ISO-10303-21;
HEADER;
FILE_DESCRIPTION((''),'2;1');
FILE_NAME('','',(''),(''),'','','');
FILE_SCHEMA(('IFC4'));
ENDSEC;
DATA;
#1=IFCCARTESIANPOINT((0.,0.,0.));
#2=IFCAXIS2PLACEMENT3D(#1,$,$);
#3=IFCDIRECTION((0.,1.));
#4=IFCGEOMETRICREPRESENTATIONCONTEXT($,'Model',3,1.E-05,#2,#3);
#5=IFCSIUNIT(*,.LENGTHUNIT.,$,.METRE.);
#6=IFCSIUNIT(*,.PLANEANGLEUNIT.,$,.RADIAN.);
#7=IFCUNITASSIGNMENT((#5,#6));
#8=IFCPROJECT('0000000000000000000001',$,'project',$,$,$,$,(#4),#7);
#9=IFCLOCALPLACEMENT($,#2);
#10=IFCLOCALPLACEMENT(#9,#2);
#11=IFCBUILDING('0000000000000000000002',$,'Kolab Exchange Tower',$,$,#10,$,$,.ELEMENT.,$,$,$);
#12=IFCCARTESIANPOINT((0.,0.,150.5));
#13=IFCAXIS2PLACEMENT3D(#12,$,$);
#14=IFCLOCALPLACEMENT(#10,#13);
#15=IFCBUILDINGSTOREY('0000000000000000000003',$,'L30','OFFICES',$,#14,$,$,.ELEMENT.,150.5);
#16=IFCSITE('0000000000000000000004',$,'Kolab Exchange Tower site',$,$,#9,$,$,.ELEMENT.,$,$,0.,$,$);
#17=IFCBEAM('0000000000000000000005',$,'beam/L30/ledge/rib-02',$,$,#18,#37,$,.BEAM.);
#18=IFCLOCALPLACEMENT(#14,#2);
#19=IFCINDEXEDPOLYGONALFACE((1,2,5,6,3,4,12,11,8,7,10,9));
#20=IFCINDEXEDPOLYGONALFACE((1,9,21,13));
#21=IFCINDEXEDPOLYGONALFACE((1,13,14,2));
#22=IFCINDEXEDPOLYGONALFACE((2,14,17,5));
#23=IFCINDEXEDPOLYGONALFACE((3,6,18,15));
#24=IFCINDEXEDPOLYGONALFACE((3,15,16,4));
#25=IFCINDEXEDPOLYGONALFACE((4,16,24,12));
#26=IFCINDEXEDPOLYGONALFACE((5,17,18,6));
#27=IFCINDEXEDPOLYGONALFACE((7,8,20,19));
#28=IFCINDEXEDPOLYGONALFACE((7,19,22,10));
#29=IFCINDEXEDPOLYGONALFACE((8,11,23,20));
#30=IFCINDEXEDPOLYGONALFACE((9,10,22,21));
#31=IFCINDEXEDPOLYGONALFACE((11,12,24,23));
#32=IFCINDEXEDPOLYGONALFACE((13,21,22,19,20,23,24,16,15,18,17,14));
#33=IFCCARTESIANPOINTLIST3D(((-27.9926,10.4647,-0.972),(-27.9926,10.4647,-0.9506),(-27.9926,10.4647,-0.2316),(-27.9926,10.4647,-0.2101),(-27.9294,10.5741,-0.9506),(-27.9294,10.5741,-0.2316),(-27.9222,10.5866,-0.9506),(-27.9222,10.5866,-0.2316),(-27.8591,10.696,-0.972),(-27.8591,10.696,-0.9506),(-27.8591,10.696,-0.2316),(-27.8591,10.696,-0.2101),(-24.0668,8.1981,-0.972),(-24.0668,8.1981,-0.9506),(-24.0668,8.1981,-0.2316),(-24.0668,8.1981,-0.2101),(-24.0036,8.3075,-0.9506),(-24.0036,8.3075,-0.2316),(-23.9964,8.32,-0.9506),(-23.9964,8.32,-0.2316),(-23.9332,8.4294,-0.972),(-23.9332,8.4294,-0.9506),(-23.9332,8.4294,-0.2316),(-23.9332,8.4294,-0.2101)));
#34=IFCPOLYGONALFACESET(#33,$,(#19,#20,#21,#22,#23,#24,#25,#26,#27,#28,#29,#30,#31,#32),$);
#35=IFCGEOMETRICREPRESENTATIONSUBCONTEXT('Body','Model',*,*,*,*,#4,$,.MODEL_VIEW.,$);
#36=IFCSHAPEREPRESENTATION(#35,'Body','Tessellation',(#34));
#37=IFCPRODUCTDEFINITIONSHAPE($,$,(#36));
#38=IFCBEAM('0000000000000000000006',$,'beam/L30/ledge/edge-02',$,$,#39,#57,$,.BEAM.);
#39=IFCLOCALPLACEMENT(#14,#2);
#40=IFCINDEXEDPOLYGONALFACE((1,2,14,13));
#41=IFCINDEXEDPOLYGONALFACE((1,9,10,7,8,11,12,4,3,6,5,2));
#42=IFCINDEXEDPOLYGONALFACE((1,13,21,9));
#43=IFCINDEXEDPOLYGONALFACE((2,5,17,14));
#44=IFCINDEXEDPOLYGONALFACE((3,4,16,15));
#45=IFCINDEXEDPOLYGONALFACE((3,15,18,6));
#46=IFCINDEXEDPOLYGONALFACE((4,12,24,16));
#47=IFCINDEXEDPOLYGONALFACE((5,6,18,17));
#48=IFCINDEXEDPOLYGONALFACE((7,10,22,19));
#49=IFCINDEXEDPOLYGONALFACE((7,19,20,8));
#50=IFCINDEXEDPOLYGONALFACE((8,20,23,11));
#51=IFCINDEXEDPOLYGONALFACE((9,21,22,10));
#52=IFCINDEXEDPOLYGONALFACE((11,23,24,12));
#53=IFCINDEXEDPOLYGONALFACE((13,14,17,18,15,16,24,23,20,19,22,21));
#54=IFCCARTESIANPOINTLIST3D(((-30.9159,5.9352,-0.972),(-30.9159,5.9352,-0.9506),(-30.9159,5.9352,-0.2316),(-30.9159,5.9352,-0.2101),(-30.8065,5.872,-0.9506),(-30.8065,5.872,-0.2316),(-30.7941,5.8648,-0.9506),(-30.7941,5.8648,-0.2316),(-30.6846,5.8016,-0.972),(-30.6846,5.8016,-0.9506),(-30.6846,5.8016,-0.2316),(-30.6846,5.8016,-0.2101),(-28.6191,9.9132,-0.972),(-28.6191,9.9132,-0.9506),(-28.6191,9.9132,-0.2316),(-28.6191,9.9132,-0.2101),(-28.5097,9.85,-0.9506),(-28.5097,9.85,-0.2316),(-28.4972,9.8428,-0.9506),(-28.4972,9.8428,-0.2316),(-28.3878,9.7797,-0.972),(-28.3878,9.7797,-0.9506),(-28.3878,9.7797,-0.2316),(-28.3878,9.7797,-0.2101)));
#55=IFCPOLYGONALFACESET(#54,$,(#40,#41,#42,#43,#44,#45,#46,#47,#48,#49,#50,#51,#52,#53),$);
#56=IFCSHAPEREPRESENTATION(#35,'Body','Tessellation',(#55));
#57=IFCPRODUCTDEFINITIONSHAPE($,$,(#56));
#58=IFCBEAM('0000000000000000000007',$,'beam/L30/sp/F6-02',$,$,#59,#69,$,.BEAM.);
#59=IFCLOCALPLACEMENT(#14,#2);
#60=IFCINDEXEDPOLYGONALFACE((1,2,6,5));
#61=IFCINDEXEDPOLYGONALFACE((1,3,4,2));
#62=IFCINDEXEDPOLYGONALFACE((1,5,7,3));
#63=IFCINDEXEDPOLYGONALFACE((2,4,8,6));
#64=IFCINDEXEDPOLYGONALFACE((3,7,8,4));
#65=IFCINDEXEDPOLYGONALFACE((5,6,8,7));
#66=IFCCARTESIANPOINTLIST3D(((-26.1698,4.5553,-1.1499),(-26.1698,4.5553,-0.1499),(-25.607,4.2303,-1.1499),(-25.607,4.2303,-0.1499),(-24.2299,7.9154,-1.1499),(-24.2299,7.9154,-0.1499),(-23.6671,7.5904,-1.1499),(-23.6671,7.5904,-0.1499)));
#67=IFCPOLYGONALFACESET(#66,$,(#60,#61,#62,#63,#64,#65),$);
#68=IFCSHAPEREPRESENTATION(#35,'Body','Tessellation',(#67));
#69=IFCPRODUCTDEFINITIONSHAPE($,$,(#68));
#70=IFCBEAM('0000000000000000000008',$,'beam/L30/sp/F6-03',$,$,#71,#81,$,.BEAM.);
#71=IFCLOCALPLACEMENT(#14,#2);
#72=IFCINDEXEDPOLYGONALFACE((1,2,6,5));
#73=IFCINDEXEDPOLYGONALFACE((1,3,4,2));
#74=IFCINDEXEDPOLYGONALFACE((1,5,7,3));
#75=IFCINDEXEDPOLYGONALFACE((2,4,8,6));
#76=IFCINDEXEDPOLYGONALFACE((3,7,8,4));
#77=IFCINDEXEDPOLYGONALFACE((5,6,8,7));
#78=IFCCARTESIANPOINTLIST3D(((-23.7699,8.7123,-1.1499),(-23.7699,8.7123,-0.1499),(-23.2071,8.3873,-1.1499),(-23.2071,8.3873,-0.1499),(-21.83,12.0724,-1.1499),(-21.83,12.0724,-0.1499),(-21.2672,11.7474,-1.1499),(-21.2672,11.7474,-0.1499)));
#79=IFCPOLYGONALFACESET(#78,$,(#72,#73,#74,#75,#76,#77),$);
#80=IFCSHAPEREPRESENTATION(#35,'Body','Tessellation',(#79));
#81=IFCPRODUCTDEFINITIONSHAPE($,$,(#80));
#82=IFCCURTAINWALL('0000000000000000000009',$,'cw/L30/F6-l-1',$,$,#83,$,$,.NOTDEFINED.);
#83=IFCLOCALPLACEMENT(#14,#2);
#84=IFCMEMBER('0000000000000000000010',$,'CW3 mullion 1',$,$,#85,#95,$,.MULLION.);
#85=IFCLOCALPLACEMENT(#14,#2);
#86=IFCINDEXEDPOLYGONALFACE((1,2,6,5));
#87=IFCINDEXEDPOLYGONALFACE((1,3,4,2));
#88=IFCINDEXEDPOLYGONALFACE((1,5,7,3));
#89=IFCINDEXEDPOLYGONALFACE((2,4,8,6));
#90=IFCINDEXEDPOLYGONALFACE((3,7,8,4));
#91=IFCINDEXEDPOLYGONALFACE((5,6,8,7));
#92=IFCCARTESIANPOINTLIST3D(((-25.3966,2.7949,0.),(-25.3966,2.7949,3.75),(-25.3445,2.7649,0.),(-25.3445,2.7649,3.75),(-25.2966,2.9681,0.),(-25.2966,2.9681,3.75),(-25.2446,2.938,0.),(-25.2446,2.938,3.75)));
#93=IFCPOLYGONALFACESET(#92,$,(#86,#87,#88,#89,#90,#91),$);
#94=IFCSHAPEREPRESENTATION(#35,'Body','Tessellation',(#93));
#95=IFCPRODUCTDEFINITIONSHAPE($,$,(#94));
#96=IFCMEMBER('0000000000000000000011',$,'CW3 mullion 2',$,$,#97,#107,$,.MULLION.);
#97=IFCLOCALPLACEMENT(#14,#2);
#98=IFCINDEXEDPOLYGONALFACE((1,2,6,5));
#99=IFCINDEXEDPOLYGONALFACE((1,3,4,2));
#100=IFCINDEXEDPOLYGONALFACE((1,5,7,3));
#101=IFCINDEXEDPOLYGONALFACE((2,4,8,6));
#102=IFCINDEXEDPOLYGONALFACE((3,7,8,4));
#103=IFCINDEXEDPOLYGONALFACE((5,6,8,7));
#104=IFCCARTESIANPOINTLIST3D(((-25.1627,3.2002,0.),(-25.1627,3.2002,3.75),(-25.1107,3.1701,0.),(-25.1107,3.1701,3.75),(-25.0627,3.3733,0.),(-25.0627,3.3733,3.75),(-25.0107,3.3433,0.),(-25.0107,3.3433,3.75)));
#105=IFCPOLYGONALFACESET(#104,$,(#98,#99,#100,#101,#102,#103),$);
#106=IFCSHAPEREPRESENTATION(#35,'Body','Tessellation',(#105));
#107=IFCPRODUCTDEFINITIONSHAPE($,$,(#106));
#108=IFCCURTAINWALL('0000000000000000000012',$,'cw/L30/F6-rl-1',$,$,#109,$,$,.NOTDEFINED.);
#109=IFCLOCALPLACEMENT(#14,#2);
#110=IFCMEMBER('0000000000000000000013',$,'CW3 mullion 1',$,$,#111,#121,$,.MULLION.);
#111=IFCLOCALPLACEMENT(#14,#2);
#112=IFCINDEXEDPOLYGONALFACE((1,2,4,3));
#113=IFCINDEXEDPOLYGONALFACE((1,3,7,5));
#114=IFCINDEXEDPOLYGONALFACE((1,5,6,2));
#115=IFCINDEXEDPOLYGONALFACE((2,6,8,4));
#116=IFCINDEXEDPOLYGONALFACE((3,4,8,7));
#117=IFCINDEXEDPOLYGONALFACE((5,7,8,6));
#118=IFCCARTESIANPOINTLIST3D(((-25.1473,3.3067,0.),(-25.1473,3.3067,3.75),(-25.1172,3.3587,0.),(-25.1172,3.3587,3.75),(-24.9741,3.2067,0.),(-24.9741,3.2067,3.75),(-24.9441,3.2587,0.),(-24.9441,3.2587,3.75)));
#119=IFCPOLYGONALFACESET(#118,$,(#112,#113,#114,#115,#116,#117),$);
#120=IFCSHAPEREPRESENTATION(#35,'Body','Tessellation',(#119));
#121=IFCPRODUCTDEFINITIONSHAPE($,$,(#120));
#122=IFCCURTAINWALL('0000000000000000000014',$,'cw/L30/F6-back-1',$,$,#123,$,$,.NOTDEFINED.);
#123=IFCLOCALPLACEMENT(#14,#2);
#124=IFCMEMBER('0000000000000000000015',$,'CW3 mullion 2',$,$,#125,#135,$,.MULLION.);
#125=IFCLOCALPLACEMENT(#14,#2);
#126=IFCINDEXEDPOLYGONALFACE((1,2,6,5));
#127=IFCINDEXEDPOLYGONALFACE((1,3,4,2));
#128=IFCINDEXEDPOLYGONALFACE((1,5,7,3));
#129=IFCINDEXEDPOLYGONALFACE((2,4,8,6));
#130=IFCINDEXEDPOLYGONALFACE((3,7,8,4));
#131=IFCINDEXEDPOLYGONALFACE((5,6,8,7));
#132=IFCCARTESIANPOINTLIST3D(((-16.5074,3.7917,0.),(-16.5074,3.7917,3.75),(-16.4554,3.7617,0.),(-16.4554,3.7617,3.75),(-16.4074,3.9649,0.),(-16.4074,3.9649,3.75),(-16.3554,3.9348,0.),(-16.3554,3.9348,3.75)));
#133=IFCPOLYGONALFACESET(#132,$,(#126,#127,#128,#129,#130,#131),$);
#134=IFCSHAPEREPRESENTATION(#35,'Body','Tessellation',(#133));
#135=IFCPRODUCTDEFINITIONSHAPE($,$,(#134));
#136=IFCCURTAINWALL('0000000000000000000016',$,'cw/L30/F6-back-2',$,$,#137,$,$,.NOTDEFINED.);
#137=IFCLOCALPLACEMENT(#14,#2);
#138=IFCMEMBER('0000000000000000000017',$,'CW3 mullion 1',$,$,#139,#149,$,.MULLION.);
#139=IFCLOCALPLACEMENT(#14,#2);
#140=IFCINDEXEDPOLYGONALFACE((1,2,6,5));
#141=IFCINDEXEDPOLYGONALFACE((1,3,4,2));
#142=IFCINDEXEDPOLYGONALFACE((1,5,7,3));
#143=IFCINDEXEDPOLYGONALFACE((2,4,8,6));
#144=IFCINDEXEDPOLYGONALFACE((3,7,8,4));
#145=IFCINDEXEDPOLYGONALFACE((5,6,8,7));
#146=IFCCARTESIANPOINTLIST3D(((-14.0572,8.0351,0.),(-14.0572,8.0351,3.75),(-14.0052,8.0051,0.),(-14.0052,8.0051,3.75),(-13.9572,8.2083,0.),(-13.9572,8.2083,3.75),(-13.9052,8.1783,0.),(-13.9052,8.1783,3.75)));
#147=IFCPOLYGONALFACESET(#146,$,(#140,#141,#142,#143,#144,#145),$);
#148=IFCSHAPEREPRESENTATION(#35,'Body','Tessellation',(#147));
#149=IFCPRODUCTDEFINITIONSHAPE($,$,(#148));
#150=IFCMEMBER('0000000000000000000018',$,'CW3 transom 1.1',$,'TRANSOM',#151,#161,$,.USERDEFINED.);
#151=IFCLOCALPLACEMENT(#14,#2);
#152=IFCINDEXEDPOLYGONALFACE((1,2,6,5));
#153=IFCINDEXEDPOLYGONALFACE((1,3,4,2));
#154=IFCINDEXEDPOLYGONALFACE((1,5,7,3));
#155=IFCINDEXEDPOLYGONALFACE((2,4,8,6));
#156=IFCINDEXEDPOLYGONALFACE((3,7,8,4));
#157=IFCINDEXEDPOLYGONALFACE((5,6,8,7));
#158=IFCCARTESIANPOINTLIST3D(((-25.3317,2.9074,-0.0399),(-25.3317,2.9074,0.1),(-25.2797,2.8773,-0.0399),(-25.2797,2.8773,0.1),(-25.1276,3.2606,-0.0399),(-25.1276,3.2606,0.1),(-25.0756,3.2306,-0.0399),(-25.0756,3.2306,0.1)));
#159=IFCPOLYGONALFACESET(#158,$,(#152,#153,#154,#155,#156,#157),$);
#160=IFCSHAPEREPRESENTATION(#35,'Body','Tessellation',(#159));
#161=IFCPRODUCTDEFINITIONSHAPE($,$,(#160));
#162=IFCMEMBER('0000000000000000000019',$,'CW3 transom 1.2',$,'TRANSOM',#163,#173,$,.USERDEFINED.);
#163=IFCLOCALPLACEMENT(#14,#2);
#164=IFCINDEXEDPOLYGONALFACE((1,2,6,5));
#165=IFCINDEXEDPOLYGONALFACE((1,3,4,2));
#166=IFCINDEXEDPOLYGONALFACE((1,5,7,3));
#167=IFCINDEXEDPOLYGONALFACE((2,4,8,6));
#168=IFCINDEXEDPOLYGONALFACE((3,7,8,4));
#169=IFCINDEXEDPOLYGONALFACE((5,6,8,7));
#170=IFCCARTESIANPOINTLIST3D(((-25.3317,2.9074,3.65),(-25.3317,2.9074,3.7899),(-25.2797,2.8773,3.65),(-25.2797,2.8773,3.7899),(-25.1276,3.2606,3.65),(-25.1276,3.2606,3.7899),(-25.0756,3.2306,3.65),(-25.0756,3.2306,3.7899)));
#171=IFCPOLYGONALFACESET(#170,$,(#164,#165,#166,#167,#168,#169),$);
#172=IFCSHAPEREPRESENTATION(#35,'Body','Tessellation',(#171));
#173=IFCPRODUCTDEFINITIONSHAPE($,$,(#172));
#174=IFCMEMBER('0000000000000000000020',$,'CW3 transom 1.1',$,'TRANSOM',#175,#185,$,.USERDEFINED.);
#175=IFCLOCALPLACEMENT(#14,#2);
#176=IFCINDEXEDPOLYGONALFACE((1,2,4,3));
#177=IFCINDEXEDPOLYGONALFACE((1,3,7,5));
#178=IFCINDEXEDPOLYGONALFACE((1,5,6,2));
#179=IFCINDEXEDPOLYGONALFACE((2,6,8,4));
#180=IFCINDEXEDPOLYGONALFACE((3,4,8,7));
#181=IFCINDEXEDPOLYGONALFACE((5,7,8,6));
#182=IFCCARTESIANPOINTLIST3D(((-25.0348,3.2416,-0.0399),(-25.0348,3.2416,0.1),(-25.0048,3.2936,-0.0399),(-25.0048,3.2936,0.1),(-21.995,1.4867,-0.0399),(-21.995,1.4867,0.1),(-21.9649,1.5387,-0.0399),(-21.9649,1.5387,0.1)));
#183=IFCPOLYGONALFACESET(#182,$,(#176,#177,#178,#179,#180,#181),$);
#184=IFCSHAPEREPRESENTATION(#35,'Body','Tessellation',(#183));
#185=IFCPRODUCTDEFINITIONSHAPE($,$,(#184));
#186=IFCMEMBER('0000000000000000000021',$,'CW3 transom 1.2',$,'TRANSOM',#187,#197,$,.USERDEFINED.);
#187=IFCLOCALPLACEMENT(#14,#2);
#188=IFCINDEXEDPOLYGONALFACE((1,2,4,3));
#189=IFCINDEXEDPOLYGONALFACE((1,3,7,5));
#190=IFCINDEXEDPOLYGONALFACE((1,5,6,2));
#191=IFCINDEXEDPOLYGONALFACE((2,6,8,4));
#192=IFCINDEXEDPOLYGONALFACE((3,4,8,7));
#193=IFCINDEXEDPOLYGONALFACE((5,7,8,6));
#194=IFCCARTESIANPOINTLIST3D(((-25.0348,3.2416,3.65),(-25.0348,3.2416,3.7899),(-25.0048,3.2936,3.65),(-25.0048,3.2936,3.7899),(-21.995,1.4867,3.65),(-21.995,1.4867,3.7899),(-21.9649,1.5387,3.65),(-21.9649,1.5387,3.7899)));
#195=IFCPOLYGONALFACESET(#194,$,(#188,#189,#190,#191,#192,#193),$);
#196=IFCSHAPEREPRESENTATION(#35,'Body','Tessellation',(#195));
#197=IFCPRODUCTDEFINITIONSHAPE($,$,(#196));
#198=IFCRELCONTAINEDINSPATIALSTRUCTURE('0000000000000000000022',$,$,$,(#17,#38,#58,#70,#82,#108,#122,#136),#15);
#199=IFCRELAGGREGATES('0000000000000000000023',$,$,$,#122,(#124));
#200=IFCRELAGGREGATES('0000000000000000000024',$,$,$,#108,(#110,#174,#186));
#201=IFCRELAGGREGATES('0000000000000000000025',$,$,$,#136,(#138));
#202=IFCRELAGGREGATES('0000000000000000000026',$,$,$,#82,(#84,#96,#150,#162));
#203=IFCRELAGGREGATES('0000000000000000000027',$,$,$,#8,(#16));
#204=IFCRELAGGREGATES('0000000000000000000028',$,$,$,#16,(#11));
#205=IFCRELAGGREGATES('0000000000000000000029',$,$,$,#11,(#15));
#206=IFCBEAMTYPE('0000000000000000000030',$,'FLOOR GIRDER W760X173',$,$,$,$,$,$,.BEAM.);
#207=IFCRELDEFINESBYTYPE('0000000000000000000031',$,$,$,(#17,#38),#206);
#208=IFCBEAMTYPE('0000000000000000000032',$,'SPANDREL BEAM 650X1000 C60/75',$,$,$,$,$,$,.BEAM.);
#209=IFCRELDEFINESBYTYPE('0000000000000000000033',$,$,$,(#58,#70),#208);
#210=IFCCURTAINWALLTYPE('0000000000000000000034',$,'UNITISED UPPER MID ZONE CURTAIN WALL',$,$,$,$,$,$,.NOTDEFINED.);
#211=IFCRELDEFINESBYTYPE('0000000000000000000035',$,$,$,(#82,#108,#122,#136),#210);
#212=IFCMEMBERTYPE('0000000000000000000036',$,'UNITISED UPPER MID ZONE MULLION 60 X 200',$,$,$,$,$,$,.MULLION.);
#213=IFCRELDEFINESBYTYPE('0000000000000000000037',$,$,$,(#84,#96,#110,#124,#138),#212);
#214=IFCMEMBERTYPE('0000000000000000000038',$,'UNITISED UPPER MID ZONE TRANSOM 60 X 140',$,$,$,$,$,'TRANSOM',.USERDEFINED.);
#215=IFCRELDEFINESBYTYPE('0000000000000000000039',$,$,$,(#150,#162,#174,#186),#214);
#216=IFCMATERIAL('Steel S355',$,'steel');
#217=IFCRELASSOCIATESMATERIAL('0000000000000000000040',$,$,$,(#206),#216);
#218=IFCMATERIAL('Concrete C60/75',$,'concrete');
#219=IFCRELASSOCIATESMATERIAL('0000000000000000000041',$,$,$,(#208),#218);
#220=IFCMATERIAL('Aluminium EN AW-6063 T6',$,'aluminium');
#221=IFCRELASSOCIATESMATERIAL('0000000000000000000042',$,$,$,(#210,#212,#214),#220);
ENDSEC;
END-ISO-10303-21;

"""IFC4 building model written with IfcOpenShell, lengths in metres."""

from ifc_helpers import new_model, si_unit, direction, frame, origin, origin_2d, place, context, subcontext, project, spatial, rectangle, i_section, extrude, material, material_profile, profile_set, type_object, element, aggregate, save


model = new_model("IFC4")

# Units and contexts
model_context = context("Model", 3, precision=1e-05, world=origin(), true_north=direction((0.0, 1.0)))
body_context = subcontext(model_context, "Body", "Model", "MODEL_VIEW")
ifc_project = project(units=[si_unit("LENGTHUNIT", "METRE"), si_unit("PLANEANGLEUNIT", "RADIAN")], contexts=[model_context])

# Site, building, storey
site_placement = place(None, origin())
site = spatial("IfcSite", under=ifc_project, at=site_placement, Name="Kolab Exchange Tower site", CompositionType="ELEMENT", RefElevation=0.0)
building_placement = place(site_placement, origin())
building = spatial("IfcBuilding", under=site, at=building_placement, Name="Kolab Exchange Tower", CompositionType="ELEMENT")
storey_placement = place(building_placement, frame((0.0, 0.0, 150.5)))
storey = spatial("IfcBuildingStorey", under=building, at=storey_placement, Name="L30", Description="OFFICES", CompositionType="ELEMENT", Elevation=150.5)

# Shared definitions
ifc_material_1 = material(Name="Concrete C60/75", Category="concrete")

# Beams
ifc_material_2 = material(Name="Steel S355", Category="steel")
ifc_material_profile_1 = material_profile(ifc_material_2, i_section(OverallWidth=0.2671, OverallDepth=0.762, WebThickness=0.0144, FlangeThickness=0.0215, at=origin_2d()), Name="W760X173")
ifc_profile_set_1 = profile_set([ifc_material_profile_1], Name="Steel S355")
beam_type_1 = type_object("IfcBeamType", Name="FLOOR GIRDER W760X173", PredefinedType="BEAM", material=ifc_profile_set_1)
beam_1_placement = place(storey_placement, frame((-24.0, 8.3137, -0.5911), z_axis=(-0.866021, 0.500008, 0.0), x_axis=(-0.500008, -0.866021, 0.0)))
element("IfcBeam", 1, at=beam_1_placement, inside=storey, type_object=beam_type_1, Name="beam/L30/ledge/rib-02", PredefinedType="BEAM", context=body_context, shape_type="SweptSolid", body=[
    extrude(i_section(OverallWidth=0.2671, OverallDepth=0.762, WebThickness=0.0144, FlangeThickness=0.0215, at=origin_2d()), origin(), (0.0, 0.0, 1.0), 4.5332),
])
beam_2_placement = place(storey_placement, frame((-30.8003, 5.8684, -0.5911), z_axis=(0.500026, 0.86601, 0.0), x_axis=(-0.86601, 0.500026, 0.0)))
element("IfcBeam", 2, at=beam_2_placement, inside=storey, type_object=beam_type_1, Name="beam/L30/ledge/edge-02", PredefinedType="BEAM", context=body_context, shape_type="SweptSolid", body=[
    extrude(i_section(OverallWidth=0.2671, OverallDepth=0.762, WebThickness=0.0144, FlangeThickness=0.0215, at=origin_2d()), origin(), (0.0, 0.0, 1.0), 4.5935),
])
ifc_material_profile_2 = material_profile(ifc_material_1, rectangle(XDim=0.6499, YDim=1.0, at=origin_2d()), Name="RC650X1000")
ifc_profile_set_2 = profile_set([ifc_material_profile_2], Name="Concrete C60/75")
beam_type_2 = type_object("IfcBeamType", Name="SPANDREL BEAM 650X1000 C60/75", PredefinedType="BEAM", material=ifc_profile_set_2)
for number, where, z_axis, x_axis, name in (
    (3, (-25.8884, 4.3928, -0.6499), (0.499997, 0.866027, 0.0), (-0.866027, 0.499997, 0.0), "beam/L30/sp/F6-02"),
    (4, (-23.4885, 8.5498, -0.6499), (0.499997, 0.866027, 0.0), (-0.866027, 0.499997, 0.0), "beam/L30/sp/F6-03"),
):
    element("IfcBeam", number, at=place(storey_placement, frame(where, z_axis=z_axis, x_axis=x_axis)), inside=storey, type_object=beam_type_2, Name=name, PredefinedType="BEAM", context=body_context, shape_type="SweptSolid", body=[
        extrude(rectangle(XDim=0.6499, YDim=1.0, at=origin_2d()), origin(), (0.0, 0.0, 1.0), 3.8799),
    ])

# Curtain wall, members
ifc_material_3 = material(Name="Aluminium EN AW-6063 T6", Category="aluminium")
curtain_wall_type = type_object("IfcCurtainWallType", Name="UNITISED UPPER MID ZONE CURTAIN WALL", PredefinedType="NOTDEFINED", material=ifc_material_3)
curtain_wall_1_placement = place(storey_placement, origin())
curtain_wall_1 = element("IfcCurtainWall", 5, at=curtain_wall_1_placement, inside=storey, type_object=curtain_wall_type, Name="cw/L30/F6-l-1", PredefinedType="NOTDEFINED")
ifc_material_profile_3 = material_profile(ifc_material_3, rectangle(XDim=0.0601, YDim=0.2, at=origin_2d()), Name="RECT 60X200")
ifc_profile_set_3 = profile_set([ifc_material_profile_3], Name="Aluminium EN AW-6063 T6")
member_type_1 = type_object("IfcMemberType", Name="UNITISED UPPER MID ZONE MULLION 60 X 200", PredefinedType="MULLION", material=ifc_profile_set_3)
member_1_placement = place(storey_placement, frame((-25.3206, 2.8665, 0.0), z_axis=(0.0, 0.0, 1.0), x_axis=(-0.866026, 0.499999, 0.0)))
member_1 = element("IfcMember", 6, at=member_1_placement, type_object=member_type_1, Name="CW3 mullion 1", PredefinedType="MULLION", context=body_context, shape_type="SweptSolid", body=[
    extrude(rectangle(XDim=0.0601, YDim=0.2, at=origin_2d()), origin(), (0.0, 0.0, 1.0), 3.75),
])
member_2_placement = place(storey_placement, frame((-25.0867, 3.2717, 0.0), z_axis=(0.0, 0.0, 1.0), x_axis=(-0.866026, 0.499999, 0.0)))
member_2 = element("IfcMember", 7, at=member_2_placement, type_object=member_type_1, Name="CW3 mullion 2", PredefinedType="MULLION", context=body_context, shape_type="SweptSolid", body=[
    extrude(rectangle(XDim=0.0601, YDim=0.2, at=origin_2d()), origin(), (0.0, 0.0, 1.0), 3.75),
])

# Curtain walls, members
curtain_wall_2_placement = place(storey_placement, origin())
curtain_wall_2 = element("IfcCurtainWall", 8, at=curtain_wall_2_placement, inside=storey, type_object=curtain_wall_type, Name="cw/L30/F6-rl-1", PredefinedType="NOTDEFINED")
member_3_placement = place(storey_placement, frame((-25.0457, 3.2827, 0.0), z_axis=(0.0, 0.0, 1.0), x_axis=(0.5, 0.866025, 0.0)))
member_3 = element("IfcMember", 9, at=member_3_placement, type_object=member_type_1, Name="CW3 mullion 1", PredefinedType="MULLION", context=body_context, shape_type="SweptSolid", body=[
    extrude(rectangle(XDim=0.0601, YDim=0.2, at=origin_2d()), origin(), (0.0, 0.0, 1.0), 3.75),
])
curtain_wall_3_placement = place(storey_placement, origin())
curtain_wall_3 = element("IfcCurtainWall", 10, at=curtain_wall_3_placement, inside=storey, type_object=curtain_wall_type, Name="cw/L30/F6-back-1", PredefinedType="NOTDEFINED")
member_4_placement = place(storey_placement, frame((-16.4314, 3.8633, 0.0), z_axis=(0.0, 0.0, 1.0), x_axis=(-0.866025, 0.5, 0.0)))
member_4 = element("IfcMember", 11, at=member_4_placement, type_object=member_type_1, Name="CW3 mullion 2", PredefinedType="MULLION", context=body_context, shape_type="SweptSolid", body=[
    extrude(rectangle(XDim=0.0601, YDim=0.2, at=origin_2d()), origin(), (0.0, 0.0, 1.0), 3.75),
])
aggregate(curtain_wall_3, [member_4])
curtain_wall_4_placement = place(storey_placement, origin())
curtain_wall_4 = element("IfcCurtainWall", 12, at=curtain_wall_4_placement, inside=storey, type_object=curtain_wall_type, Name="cw/L30/F6-back-2", PredefinedType="NOTDEFINED")
member_5_placement = place(storey_placement, frame((-13.9812, 8.1067, 0.0), z_axis=(0.0, 0.0, 1.0), x_axis=(-0.866025, 0.5, 0.0)))
member_5 = element("IfcMember", 13, at=member_5_placement, type_object=member_type_1, Name="CW3 mullion 1", PredefinedType="MULLION", context=body_context, shape_type="SweptSolid", body=[
    extrude(rectangle(XDim=0.0601, YDim=0.2, at=origin_2d()), origin(), (0.0, 0.0, 1.0), 3.75),
])

# Members
ifc_material_profile_4 = material_profile(ifc_material_3, rectangle(XDim=0.0601, YDim=0.1399, at=origin_2d()), Name="RECT 60X140")
ifc_profile_set_4 = profile_set([ifc_material_profile_4], Name="Aluminium EN AW-6063 T6")
member_type_2 = type_object("IfcMemberType", Name="UNITISED UPPER MID ZONE TRANSOM 60 X 140", ElementType="TRANSOM", PredefinedType="USERDEFINED", material=ifc_profile_set_4)
member_6_placement = place(storey_placement, frame((-25.3057, 2.8923, 0.03), z_axis=(0.500258, 0.865877, 0.0), x_axis=(-0.865877, 0.500258, 0.0)))
member_6 = element("IfcMember", 14, at=member_6_placement, type_object=member_type_2, Name="CW3 transom 1.1", ObjectType="TRANSOM", PredefinedType="USERDEFINED", context=body_context, shape_type="SweptSolid", body=[
    extrude(rectangle(XDim=0.0601, YDim=0.1399, at=origin_2d()), origin(), (0.0, 0.0, 1.0), 0.408),
])
member_7_placement = place(storey_placement, frame((-25.3057, 2.8923, 3.72), z_axis=(0.500258, 0.865877, 0.0), x_axis=(-0.865877, 0.500258, 0.0)))
member_7 = element("IfcMember", 15, at=member_7_placement, type_object=member_type_2, Name="CW3 transom 1.2", ObjectType="TRANSOM", PredefinedType="USERDEFINED", context=body_context, shape_type="SweptSolid", body=[
    extrude(rectangle(XDim=0.0601, YDim=0.1399, at=origin_2d()), origin(), (0.0, 0.0, 1.0), 0.408),
])
member_8_placement = place(storey_placement, frame((-25.0198, 3.2676, 0.03), z_axis=(0.866043, -0.499969, 0.0), x_axis=(0.499969, 0.866043, 0.0)))
member_8 = element("IfcMember", 16, at=member_8_placement, type_object=member_type_2, Name="CW3 transom 1.1", ObjectType="TRANSOM", PredefinedType="USERDEFINED", context=body_context, shape_type="SweptSolid", body=[
    extrude(rectangle(XDim=0.0601, YDim=0.1399, at=origin_2d()), origin(), (0.0, 0.0, 1.0), 3.51),
])
member_9_placement = place(storey_placement, frame((-25.0198, 3.2676, 3.72), z_axis=(0.866043, -0.499969, 0.0), x_axis=(0.499969, 0.866043, 0.0)))
member_9 = element("IfcMember", 17, at=member_9_placement, type_object=member_type_2, Name="CW3 transom 1.2", ObjectType="TRANSOM", PredefinedType="USERDEFINED", context=body_context, shape_type="SweptSolid", body=[
    extrude(rectangle(XDim=0.0601, YDim=0.1399, at=origin_2d()), origin(), (0.0, 0.0, 1.0), 3.51),
])
aggregate(curtain_wall_2, [member_3, member_8, member_9])
aggregate(curtain_wall_4, [member_5])

aggregate(curtain_wall_1, [member_1, member_2, member_6, member_7])

save(model, "model.ifc")
